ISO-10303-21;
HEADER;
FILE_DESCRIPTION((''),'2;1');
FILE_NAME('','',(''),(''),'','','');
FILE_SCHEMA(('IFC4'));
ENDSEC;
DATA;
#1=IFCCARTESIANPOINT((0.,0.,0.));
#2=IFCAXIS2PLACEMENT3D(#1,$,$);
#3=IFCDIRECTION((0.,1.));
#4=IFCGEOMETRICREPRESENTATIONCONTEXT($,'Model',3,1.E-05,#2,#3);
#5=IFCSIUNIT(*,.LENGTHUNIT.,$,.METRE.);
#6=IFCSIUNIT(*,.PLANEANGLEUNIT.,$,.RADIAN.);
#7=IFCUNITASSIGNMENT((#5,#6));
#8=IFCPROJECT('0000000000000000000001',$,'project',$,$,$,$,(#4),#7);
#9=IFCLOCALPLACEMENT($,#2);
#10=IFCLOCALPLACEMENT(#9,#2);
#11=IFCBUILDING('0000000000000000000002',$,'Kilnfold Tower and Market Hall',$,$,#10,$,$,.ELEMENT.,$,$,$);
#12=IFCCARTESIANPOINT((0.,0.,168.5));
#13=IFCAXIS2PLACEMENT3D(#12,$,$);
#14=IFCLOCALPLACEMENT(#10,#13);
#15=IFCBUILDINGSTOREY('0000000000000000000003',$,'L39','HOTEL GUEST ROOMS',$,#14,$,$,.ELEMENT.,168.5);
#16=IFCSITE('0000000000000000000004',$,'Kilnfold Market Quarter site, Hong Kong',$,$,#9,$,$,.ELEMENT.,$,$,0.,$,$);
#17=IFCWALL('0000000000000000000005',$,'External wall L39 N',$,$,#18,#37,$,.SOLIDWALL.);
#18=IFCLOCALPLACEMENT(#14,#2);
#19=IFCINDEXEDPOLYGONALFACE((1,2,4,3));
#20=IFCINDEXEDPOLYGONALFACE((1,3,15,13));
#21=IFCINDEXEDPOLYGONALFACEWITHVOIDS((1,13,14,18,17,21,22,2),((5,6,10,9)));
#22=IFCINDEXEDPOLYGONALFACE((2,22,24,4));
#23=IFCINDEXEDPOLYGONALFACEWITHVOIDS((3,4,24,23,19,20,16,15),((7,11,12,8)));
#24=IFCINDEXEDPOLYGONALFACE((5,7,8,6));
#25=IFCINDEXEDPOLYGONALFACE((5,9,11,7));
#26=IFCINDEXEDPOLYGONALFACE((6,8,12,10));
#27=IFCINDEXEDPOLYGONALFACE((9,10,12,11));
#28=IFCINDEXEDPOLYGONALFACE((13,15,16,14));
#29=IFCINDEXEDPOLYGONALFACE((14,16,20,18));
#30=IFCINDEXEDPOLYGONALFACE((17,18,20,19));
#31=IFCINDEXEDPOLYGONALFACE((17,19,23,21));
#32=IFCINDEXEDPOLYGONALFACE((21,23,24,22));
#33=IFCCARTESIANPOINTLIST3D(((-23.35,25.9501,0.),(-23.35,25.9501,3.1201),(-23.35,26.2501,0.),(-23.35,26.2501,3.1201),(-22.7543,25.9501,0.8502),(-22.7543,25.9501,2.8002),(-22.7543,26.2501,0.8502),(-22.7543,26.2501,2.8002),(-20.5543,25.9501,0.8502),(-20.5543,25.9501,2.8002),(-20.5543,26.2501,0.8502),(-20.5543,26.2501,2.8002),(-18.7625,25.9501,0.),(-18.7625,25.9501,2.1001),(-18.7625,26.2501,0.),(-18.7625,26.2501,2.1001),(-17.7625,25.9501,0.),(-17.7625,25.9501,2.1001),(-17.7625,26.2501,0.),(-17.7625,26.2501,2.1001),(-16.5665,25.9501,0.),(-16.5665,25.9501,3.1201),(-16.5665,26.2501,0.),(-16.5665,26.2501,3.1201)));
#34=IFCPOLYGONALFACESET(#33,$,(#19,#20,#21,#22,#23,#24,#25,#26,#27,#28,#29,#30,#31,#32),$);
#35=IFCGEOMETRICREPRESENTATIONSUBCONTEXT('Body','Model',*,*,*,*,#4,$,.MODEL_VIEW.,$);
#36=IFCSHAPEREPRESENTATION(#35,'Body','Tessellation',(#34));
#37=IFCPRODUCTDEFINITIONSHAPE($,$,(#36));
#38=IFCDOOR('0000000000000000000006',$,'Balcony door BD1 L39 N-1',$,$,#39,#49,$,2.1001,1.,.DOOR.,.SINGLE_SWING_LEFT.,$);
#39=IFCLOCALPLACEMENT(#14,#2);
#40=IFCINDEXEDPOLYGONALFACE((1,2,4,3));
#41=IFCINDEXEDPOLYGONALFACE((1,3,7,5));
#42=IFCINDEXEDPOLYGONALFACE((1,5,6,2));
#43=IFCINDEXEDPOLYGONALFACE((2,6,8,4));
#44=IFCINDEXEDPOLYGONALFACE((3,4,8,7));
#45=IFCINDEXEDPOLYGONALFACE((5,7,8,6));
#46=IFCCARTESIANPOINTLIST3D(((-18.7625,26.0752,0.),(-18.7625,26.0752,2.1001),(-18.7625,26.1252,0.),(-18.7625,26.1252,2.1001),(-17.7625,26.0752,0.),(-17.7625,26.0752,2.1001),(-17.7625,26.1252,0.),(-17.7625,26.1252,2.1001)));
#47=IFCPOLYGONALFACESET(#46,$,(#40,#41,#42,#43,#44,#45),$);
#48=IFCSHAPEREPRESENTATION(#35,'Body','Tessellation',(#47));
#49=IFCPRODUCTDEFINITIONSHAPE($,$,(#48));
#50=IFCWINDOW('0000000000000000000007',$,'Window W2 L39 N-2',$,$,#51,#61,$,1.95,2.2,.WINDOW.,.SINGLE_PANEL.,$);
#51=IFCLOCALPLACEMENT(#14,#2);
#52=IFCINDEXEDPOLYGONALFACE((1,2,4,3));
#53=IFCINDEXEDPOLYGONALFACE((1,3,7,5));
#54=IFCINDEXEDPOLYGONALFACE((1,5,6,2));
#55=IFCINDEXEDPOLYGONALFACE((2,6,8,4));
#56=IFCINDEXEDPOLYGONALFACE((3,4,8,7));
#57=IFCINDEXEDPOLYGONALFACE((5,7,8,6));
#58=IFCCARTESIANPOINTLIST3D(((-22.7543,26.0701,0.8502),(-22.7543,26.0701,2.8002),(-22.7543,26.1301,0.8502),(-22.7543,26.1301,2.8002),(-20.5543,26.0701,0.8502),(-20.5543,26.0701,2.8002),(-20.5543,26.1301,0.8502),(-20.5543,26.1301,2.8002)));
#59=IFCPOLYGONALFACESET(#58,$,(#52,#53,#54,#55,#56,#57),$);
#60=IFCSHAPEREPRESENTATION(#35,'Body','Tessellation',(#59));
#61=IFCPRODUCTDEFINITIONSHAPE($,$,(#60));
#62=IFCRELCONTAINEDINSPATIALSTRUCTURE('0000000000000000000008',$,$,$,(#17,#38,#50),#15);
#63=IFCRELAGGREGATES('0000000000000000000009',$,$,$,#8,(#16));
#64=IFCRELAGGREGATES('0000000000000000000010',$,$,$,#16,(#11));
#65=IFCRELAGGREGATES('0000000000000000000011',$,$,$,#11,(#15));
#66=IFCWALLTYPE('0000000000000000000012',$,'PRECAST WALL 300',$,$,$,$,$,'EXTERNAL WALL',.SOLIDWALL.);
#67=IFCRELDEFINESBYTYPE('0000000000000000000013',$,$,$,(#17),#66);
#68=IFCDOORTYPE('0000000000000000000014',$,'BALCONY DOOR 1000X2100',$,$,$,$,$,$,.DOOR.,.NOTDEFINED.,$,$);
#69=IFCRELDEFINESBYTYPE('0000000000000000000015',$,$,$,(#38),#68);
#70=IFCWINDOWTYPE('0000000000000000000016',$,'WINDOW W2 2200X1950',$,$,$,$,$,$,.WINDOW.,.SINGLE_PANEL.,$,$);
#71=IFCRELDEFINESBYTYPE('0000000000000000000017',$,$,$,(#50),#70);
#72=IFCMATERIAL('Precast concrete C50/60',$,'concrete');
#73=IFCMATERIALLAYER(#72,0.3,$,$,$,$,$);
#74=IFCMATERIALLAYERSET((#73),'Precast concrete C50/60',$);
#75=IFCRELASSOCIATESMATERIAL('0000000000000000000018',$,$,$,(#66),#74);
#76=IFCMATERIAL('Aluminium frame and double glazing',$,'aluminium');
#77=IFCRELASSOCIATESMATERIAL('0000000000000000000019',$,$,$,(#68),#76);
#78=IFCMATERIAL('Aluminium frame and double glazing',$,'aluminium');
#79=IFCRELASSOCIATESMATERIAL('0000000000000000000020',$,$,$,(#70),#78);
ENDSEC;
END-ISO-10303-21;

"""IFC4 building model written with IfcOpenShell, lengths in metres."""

from ifc_helpers import new_model, si_unit, direction, frame, frame_2d, origin, place, context, subcontext, project, spatial, rectangle, extrude, source, transform, mapped, material, layer, layer_set, type_object, element, fill, save


model = new_model("IFC4")

# Units and contexts
model_context = context("Model", 3, precision=1e-05, world=origin(), true_north=direction((0.0, 1.0)))
body_context = subcontext(model_context, "Body", "Model", "MODEL_VIEW")
ifc_project = project(units=[si_unit("LENGTHUNIT", "METRE"), si_unit("PLANEANGLEUNIT", "RADIAN")], contexts=[model_context])

# Site, building, storey
site_placement = place(None, origin())
site = spatial("IfcSite", under=ifc_project, at=site_placement, Name="Kilnfold Market Quarter site, Hong Kong", CompositionType="ELEMENT", RefElevation=0.0)
building_placement = place(site_placement, origin())
building = spatial("IfcBuilding", under=site, at=building_placement, Name="Kilnfold Tower and Market Hall", CompositionType="ELEMENT")
storey_placement = place(building_placement, frame((0.0, 0.0, 168.5)))
storey = spatial("IfcBuildingStorey", under=building, at=storey_placement, Name="L39", Description="HOTEL GUEST ROOMS", CompositionType="ELEMENT", Elevation=168.5)

# Wall, openings, door, window
ifc_material_1 = material(Name="Precast concrete C50/60", Category="concrete")
ifc_layer_1 = layer(ifc_material_1, 0.3)
ifc_layer_set_1 = layer_set([ifc_layer_1], Name="Precast concrete C50/60")
wall_type_1 = type_object("IfcWallType", Name="PRECAST WALL 300", ElementType="EXTERNAL WALL", PredefinedType="SOLIDWALL", material=ifc_layer_set_1)
shared_shape_1 = source(origin(), body_context, "Body", "SweptSolid", [
    extrude(rectangle(XDim=6.7834, YDim=0.3, at=frame_2d((3.3916, 0.0))), origin(), (0.0, 0.0, 1.0), 3.1201),
])
wall_1_placement = place(storey_placement, frame((-16.5667, 26.1001, 0.0), z_axis=(0.0, 0.0, 1.0), x_axis=(-1.0, 0.0, 0.0)))
wall_1 = element("IfcWall", 1, at=wall_1_placement, inside=storey, type_object=wall_type_1, Name="External wall L39 N", PredefinedType="SOLIDWALL", context=body_context, shape_type="MappedRepresentation", body=[
    mapped(shared_shape_1, transform((0.0, 0.0, 0.0))),
])
opening_1_placement = place(wall_1_placement, frame((1.1958, 0.0, 0.0)))
opening_1 = element("IfcOpeningElement", 2, at=opening_1_placement, cuts=wall_1, PredefinedType="OPENING", context=body_context, shape_type="SweptSolid", body=[
    extrude(rectangle(XDim=1.0, YDim=2.1001, at=frame_2d((0.5, 1.05))), frame((0.0, 0.1602, 0.0), z_axis=(0.0, -1.0, 0.0), x_axis=(1.0, 0.0, 0.0)), (0.0, 0.0, 1.0), 0.3201),
])
opening_2_placement = place(wall_1_placement, frame((3.9875, 0.0, 0.8501)))
opening_2 = element("IfcOpeningElement", 3, at=opening_2_placement, cuts=wall_1, PredefinedType="OPENING", context=body_context, shape_type="SweptSolid", body=[
    extrude(rectangle(XDim=2.2, YDim=1.95, at=frame_2d((1.1001, 0.9751))), frame((0.0, 0.1602, 0.0), z_axis=(0.0, -1.0, 0.0), x_axis=(1.0, 0.0, 0.0)), (0.0, 0.0, 1.0), 0.3201),
])
ifc_material_2 = material(Name="Aluminium frame and double glazing", Category="aluminium")
door_type_1 = type_object("IfcDoorType", Name="BALCONY DOOR 1000X2100", OperationType="NOTDEFINED", PredefinedType="DOOR", material=ifc_material_2)
door_1_placement = place(opening_1_placement, origin())
door_1 = element("IfcDoor", 4, at=door_1_placement, inside=storey, type_object=door_type_1, Name="Balcony door BD1 L39 N-1", OperationType="SINGLE_SWING_LEFT", OverallHeight=2.1001, OverallWidth=1.0, PredefinedType="DOOR", context=body_context, shape_type="SweptSolid", body=[
    extrude(rectangle(XDim=1.0, YDim=2.1001, at=frame_2d((0.5, 1.05))), frame((0.0, 0.0249, 0.0), z_axis=(0.0, -1.0, 0.0), x_axis=(1.0, 0.0, 0.0)), (0.0, 0.0, 1.0), 0.05),
])
fill(opening_1, door_1)
ifc_material_3 = material(Name="Aluminium frame and double glazing", Category="aluminium")
window_type = type_object("IfcWindowType", Name="WINDOW W2 2200X1950", PartitioningType="SINGLE_PANEL", PredefinedType="WINDOW", material=ifc_material_3)
window_placement = place(opening_2_placement, origin())
window = element("IfcWindow", 5, at=window_placement, inside=storey, type_object=window_type, Name="Window W2 L39 N-2", OverallHeight=1.95, OverallWidth=2.2, PartitioningType="SINGLE_PANEL", PredefinedType="WINDOW", context=body_context, shape_type="SweptSolid", body=[
    extrude(rectangle(XDim=2.2, YDim=1.95, at=frame_2d((1.1001, 0.9751))), frame((0.0, 0.03, 0.0), z_axis=(0.0, -1.0, 0.0), x_axis=(1.0, 0.0, 0.0)), (0.0, 0.0, 1.0), 0.0601),
])
fill(opening_2, window)

save(model, "model.ifc")
